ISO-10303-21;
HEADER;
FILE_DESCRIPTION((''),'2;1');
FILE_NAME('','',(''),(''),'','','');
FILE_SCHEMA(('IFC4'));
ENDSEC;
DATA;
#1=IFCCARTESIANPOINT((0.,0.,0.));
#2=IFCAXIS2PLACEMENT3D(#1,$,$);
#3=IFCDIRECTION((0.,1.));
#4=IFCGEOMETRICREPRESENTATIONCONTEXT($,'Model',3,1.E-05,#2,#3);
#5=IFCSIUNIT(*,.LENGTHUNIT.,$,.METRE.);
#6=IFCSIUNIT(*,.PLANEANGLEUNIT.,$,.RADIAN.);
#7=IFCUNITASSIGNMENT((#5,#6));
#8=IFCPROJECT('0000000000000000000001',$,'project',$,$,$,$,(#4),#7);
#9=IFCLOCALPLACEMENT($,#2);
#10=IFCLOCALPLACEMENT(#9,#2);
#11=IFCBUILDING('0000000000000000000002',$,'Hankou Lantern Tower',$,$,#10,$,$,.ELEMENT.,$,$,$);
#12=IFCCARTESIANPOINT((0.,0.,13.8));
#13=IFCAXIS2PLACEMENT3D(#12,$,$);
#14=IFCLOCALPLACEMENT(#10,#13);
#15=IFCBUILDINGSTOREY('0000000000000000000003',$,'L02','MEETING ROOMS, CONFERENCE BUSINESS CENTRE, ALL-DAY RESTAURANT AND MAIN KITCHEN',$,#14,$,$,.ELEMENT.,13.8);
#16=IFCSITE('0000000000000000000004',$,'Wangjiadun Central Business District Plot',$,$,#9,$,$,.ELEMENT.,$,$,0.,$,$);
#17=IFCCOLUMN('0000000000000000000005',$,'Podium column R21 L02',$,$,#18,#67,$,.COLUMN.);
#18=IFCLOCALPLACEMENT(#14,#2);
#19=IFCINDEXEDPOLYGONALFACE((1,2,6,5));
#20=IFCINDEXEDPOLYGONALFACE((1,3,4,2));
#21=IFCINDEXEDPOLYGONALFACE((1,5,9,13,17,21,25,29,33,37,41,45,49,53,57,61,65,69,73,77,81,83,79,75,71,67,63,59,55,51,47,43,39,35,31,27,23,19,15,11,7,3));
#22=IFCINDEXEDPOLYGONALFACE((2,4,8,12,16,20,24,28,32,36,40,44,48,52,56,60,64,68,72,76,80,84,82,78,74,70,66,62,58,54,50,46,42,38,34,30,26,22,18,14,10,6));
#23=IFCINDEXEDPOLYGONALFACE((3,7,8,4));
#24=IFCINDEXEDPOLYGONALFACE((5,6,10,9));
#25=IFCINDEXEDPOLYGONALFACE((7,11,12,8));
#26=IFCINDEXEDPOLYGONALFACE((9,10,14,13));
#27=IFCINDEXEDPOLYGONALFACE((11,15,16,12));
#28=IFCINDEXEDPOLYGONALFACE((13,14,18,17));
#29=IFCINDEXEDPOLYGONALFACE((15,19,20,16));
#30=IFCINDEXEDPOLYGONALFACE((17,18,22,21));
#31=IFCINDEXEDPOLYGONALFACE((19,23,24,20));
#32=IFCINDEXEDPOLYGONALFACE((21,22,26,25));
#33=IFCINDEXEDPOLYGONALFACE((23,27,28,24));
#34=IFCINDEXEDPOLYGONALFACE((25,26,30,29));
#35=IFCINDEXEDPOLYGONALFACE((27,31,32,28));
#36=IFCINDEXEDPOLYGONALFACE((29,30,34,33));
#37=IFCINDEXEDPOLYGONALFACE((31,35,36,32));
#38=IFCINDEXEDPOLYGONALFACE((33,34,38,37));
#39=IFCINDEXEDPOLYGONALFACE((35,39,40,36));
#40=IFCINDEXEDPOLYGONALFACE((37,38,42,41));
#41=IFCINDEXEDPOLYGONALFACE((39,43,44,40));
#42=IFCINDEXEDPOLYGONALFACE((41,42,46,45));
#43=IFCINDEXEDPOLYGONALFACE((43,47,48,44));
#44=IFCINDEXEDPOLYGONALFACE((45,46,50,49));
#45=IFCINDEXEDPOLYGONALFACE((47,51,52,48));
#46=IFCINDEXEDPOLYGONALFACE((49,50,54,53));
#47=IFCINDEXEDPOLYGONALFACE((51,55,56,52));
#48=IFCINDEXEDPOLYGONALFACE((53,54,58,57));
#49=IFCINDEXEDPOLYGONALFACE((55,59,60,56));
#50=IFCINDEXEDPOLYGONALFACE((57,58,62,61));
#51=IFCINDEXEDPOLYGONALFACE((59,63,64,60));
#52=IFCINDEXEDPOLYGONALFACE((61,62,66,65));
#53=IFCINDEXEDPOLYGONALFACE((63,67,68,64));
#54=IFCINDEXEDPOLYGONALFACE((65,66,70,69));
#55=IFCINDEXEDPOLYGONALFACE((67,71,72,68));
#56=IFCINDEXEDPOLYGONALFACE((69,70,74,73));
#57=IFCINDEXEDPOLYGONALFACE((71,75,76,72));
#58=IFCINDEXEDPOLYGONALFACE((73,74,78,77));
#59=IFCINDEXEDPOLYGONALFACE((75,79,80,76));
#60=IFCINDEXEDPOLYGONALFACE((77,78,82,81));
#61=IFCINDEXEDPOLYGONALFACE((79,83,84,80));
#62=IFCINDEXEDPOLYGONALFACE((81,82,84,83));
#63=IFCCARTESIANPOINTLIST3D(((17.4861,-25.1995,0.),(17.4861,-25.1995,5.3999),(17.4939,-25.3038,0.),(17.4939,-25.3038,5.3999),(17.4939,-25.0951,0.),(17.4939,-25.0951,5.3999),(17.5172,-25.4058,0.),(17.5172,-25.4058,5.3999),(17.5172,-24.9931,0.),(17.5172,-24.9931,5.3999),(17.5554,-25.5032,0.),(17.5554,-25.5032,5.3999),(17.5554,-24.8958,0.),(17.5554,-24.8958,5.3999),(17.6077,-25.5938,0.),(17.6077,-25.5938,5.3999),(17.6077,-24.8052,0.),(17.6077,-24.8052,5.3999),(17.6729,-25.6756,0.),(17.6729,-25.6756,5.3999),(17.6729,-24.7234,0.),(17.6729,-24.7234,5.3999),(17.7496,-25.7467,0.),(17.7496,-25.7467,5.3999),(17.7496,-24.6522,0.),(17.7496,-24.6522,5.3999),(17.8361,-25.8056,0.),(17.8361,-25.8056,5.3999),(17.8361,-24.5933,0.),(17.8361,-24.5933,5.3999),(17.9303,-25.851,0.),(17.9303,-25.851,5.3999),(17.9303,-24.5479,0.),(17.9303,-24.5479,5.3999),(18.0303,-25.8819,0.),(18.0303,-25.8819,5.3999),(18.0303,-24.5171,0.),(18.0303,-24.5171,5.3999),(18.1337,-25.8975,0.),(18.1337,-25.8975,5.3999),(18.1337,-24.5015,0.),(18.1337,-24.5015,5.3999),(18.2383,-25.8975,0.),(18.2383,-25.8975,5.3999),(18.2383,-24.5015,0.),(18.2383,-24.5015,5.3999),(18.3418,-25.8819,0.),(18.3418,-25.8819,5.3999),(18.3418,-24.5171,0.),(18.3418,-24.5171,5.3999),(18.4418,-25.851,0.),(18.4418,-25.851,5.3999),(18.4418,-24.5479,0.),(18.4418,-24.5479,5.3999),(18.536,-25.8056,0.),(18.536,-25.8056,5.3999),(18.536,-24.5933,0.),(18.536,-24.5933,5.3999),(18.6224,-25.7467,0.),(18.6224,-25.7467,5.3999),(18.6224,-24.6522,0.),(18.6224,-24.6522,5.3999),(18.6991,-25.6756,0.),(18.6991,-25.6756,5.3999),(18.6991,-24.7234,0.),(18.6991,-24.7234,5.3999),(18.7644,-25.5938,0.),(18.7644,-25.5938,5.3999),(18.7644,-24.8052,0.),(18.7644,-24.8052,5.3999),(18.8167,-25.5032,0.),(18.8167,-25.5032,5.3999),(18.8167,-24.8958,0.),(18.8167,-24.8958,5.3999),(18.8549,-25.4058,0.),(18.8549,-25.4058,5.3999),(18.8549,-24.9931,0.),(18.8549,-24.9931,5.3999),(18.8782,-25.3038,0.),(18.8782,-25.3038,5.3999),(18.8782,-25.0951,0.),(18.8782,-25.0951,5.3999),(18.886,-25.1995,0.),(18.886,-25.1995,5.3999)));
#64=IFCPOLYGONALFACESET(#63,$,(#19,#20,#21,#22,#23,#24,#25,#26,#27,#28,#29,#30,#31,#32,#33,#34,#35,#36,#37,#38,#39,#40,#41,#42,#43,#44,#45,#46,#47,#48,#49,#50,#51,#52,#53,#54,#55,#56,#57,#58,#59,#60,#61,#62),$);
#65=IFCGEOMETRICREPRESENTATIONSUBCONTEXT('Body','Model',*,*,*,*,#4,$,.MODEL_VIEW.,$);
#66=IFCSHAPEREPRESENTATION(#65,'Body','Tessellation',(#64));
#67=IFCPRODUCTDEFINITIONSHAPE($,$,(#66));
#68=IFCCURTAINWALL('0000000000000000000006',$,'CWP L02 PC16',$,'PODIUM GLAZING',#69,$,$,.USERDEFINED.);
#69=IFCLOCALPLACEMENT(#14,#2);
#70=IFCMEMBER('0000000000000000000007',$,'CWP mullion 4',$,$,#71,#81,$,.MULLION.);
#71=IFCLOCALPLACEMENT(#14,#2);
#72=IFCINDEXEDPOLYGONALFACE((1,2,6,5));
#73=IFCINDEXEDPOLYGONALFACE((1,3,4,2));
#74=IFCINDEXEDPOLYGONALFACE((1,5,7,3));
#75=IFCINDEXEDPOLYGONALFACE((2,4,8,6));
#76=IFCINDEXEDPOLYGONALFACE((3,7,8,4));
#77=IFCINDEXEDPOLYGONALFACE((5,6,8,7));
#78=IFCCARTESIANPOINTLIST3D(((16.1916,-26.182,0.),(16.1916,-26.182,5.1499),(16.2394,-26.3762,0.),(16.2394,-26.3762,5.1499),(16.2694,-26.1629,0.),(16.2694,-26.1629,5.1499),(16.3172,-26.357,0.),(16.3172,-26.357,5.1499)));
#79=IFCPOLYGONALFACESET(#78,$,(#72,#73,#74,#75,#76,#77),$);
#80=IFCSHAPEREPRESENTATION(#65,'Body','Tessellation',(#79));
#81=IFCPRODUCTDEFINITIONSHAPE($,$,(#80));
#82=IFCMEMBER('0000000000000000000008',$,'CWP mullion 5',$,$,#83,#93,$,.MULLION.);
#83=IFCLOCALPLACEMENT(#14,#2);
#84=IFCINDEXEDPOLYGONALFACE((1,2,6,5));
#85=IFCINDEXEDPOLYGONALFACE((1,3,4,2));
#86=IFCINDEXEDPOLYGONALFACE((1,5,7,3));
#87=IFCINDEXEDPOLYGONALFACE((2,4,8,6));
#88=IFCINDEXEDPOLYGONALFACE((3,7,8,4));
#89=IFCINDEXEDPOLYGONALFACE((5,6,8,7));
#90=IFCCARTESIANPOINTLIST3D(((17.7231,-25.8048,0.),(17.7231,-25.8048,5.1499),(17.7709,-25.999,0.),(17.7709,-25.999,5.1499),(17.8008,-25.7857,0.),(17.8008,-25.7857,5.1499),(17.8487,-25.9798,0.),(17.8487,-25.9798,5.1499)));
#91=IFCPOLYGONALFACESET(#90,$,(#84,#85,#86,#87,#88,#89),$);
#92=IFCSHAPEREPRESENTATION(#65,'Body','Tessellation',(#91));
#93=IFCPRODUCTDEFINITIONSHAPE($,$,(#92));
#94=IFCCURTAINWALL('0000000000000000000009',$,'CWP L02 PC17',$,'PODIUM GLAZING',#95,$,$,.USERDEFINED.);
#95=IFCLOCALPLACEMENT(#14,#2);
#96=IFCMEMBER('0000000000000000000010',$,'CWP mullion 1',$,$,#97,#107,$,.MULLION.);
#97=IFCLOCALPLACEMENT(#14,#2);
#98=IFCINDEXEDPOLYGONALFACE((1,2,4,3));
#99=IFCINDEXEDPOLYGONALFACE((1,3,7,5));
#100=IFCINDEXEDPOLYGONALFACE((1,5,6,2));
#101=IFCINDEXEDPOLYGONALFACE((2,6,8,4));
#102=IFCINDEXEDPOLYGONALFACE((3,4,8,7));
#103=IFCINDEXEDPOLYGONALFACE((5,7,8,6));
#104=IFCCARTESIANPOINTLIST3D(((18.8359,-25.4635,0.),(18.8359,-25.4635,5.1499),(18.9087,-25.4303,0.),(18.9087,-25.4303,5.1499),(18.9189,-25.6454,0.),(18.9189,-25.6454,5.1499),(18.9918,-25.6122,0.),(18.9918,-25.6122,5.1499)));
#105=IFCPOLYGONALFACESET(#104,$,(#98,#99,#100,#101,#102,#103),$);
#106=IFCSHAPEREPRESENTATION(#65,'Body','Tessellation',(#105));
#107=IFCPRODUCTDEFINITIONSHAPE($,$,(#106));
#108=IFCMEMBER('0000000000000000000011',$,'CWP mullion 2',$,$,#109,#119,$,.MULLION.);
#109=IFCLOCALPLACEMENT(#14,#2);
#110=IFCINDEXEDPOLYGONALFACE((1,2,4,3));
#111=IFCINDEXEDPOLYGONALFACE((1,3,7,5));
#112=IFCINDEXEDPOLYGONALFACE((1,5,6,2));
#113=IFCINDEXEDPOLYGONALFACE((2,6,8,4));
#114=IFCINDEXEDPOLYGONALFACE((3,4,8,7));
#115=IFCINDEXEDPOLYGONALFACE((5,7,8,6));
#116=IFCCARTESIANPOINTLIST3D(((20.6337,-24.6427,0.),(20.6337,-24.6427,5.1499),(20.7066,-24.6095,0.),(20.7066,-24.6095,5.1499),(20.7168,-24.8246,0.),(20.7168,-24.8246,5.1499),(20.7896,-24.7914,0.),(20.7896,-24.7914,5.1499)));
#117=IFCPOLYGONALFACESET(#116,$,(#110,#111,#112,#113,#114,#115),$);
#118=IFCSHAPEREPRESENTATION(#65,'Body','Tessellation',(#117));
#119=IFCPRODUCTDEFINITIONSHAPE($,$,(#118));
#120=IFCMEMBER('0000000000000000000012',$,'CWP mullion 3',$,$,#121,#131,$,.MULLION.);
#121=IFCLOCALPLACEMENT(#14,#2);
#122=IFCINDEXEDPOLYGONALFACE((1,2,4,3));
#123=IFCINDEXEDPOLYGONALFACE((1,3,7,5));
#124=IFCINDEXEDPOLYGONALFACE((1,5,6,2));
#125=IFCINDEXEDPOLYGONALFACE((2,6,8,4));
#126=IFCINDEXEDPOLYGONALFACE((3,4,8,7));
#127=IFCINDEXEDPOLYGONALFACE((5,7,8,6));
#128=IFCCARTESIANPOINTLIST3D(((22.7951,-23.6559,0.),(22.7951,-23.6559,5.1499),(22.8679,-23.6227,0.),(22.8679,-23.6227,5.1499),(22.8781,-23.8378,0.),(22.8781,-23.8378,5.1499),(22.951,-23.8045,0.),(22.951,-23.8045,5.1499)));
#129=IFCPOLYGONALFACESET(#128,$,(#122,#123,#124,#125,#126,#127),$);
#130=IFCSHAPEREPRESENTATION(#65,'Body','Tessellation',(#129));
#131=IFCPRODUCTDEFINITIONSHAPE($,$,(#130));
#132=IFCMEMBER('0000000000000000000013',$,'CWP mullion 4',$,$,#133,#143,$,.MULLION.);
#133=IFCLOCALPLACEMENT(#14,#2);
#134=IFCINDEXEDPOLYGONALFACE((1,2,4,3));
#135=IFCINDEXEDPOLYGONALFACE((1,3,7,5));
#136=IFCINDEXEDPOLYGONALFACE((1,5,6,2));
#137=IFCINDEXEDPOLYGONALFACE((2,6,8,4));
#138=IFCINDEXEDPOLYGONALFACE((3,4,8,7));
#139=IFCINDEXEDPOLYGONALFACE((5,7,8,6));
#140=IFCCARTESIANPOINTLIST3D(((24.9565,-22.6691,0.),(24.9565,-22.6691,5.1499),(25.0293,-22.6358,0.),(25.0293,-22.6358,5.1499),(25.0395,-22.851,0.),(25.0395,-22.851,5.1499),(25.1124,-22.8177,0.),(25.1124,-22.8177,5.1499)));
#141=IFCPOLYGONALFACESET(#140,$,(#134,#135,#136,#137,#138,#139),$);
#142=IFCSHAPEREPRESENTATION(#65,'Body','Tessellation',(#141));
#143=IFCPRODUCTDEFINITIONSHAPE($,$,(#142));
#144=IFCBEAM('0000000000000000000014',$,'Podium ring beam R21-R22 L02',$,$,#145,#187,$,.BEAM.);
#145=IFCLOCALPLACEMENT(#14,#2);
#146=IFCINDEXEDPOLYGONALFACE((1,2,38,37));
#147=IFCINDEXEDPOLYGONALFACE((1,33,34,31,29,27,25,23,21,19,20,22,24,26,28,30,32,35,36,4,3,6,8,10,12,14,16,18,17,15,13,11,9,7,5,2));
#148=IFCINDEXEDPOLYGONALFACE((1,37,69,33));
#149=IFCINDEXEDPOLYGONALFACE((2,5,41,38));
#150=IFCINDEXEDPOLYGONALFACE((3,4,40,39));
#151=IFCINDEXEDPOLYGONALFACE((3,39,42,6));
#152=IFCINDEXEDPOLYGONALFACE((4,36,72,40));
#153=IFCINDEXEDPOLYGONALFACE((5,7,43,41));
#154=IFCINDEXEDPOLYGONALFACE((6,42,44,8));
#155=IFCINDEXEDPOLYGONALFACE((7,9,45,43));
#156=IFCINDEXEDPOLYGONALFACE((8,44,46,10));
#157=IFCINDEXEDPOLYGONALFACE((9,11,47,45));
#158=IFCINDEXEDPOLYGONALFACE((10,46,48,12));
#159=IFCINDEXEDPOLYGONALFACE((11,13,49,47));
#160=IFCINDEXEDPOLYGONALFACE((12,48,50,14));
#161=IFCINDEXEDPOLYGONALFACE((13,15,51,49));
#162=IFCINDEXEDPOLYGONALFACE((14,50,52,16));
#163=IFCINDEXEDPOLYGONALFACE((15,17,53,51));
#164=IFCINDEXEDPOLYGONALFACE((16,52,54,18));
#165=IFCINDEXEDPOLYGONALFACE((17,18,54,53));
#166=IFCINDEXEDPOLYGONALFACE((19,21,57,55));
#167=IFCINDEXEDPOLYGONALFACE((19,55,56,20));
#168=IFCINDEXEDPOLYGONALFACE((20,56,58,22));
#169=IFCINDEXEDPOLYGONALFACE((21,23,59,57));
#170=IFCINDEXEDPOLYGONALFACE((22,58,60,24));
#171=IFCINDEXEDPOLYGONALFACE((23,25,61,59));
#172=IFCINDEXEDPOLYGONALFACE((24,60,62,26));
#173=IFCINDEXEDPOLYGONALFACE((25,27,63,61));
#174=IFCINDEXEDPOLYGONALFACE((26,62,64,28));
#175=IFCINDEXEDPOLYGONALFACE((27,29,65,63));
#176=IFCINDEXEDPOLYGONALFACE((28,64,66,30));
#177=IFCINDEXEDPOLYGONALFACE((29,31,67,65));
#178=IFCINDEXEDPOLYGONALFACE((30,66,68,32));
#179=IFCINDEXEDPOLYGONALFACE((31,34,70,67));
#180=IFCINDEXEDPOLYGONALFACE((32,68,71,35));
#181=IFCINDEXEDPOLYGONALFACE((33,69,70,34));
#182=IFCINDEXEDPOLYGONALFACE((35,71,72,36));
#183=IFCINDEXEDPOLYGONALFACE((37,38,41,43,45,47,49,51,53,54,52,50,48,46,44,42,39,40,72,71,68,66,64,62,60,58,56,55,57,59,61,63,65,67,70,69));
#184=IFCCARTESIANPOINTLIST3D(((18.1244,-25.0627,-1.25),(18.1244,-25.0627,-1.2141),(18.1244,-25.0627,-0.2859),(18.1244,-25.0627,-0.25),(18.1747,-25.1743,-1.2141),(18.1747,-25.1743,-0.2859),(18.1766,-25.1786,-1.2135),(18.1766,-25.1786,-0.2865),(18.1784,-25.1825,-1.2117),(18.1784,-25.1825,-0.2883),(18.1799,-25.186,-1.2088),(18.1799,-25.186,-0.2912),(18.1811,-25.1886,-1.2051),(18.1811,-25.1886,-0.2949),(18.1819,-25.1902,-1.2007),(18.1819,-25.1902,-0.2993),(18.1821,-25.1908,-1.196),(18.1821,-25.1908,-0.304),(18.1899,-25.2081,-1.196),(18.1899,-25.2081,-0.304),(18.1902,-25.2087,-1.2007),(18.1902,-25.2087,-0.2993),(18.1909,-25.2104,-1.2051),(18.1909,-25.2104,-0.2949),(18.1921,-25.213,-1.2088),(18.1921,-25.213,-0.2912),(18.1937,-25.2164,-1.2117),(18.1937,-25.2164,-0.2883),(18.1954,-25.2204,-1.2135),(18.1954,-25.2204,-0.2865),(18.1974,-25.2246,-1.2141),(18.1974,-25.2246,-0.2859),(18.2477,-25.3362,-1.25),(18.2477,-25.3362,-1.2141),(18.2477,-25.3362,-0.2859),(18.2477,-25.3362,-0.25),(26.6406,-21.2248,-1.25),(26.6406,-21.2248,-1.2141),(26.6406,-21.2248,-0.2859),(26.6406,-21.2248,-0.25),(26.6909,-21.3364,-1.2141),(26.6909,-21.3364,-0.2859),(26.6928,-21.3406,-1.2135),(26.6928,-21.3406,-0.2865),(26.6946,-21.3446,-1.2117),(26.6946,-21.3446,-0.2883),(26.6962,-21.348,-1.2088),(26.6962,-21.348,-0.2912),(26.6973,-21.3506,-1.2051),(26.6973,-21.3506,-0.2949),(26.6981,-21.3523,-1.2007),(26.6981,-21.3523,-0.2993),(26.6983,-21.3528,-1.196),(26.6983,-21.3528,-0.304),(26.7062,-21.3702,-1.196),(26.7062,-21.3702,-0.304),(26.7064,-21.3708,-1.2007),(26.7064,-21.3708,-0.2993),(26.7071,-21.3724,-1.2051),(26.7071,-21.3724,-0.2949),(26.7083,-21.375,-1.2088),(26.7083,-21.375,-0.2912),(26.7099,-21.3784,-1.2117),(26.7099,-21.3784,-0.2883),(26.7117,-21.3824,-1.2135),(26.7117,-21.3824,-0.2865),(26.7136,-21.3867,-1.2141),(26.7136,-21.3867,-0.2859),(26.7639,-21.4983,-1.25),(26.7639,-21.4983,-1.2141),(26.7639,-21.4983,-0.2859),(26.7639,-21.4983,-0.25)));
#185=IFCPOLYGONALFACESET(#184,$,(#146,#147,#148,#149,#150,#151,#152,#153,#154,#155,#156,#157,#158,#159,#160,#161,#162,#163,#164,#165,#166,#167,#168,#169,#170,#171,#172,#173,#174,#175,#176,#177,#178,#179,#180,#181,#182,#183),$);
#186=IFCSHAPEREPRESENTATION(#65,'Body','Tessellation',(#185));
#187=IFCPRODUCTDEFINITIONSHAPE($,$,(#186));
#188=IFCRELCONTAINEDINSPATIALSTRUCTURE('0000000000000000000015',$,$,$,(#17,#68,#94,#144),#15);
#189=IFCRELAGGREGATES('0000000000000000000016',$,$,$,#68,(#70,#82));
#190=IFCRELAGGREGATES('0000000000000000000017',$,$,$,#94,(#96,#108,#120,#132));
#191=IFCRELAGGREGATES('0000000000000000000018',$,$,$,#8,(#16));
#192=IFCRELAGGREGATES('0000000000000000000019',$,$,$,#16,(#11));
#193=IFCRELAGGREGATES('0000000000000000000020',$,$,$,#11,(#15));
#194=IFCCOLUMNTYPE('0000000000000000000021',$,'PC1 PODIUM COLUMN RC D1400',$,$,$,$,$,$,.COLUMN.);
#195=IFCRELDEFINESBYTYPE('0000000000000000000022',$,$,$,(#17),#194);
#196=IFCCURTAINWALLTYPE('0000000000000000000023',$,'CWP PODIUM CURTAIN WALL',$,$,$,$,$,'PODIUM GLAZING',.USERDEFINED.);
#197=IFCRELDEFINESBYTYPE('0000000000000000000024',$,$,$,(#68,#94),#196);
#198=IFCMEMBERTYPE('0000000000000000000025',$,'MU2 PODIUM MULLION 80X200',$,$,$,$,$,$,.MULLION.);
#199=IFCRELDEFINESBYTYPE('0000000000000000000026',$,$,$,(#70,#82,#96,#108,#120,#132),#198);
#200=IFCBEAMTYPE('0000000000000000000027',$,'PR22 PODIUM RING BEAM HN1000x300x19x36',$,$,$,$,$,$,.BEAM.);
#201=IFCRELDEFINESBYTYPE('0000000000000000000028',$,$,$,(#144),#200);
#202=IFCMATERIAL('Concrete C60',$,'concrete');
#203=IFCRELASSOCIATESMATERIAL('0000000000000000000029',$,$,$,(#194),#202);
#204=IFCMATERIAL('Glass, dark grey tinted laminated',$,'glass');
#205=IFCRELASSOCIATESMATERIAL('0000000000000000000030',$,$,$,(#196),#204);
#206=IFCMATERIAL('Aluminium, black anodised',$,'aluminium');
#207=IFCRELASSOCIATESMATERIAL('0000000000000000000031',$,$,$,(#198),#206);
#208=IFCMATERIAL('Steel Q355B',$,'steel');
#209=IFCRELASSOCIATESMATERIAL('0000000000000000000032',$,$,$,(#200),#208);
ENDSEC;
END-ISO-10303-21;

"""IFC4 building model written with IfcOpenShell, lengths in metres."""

from ifc_helpers import new_model, si_unit, direction, frame, origin, origin_2d, place, context, subcontext, project, spatial, rectangle, circle, i_section, extrude, material, material_profile, profile_set, type_object, element, aggregate, save


model = new_model("IFC4")

# Units and contexts
model_context = context("Model", 3, precision=1e-05, world=origin(), true_north=direction((0.0, 1.0)))
body_context = subcontext(model_context, "Body", "Model", "MODEL_VIEW")
ifc_project = project(units=[si_unit("LENGTHUNIT", "METRE"), si_unit("PLANEANGLEUNIT", "RADIAN")], contexts=[model_context])

# Site, building, storey
site_placement = place(None, origin())
site = spatial("IfcSite", under=ifc_project, at=site_placement, Name="Wangjiadun Central Business District Plot", CompositionType="ELEMENT", RefElevation=0.0)
building_placement = place(site_placement, origin())
building = spatial("IfcBuilding", under=site, at=building_placement, Name="Hankou Lantern Tower", CompositionType="ELEMENT")
storey_placement = place(building_placement, frame((0.0, 0.0, 13.8)))
storey = spatial("IfcBuildingStorey", under=building, at=storey_placement, Name="L02", Description="MEETING ROOMS, CONFERENCE BUSINESS CENTRE, ALL-DAY RESTAURANT AND MAIN KITCHEN", CompositionType="ELEMENT", Elevation=13.8)

# Column
ifc_material_1 = material(Name="Concrete C60", Category="concrete")
ifc_material_profile_1 = material_profile(ifc_material_1, circle(Radius=0.7, at=origin_2d()), Name="RC D1400")
ifc_profile_set_1 = profile_set([ifc_material_profile_1], Name="Concrete C60")
column_type = type_object("IfcColumnType", Name="PC1 PODIUM COLUMN RC D1400", PredefinedType="COLUMN", material=ifc_profile_set_1)
column_placement = place(storey_placement, frame((18.186, -25.1995, 0.0), z_axis=(0.0, 0.0, 1.0), x_axis=(1.0, 0.0, 0.0)))
element("IfcColumn", 1, at=column_placement, inside=storey, type_object=column_type, Name="Podium column R21 L02", PredefinedType="COLUMN", context=body_context, shape_type="SweptSolid", body=[
    extrude(circle(Radius=0.7, at=origin_2d()), origin(), (0.0, 0.0, 1.0), 5.3999),
])

# Curtain walls, members
ifc_material_2 = material(Name="Glass, dark grey tinted laminated", Category="glass")
curtain_wall_type = type_object("IfcCurtainWallType", Name="CWP PODIUM CURTAIN WALL", ElementType="PODIUM GLAZING", PredefinedType="USERDEFINED", material=ifc_material_2)
curtain_wall_1_placement = place(storey_placement, origin())
curtain_wall_1 = element("IfcCurtainWall", 2, at=curtain_wall_1_placement, inside=storey, type_object=curtain_wall_type, Name="CWP L02 PC16", ObjectType="PODIUM GLAZING", PredefinedType="USERDEFINED")
ifc_material_3 = material(Name="Aluminium, black anodised", Category="aluminium")
ifc_material_profile_2 = material_profile(ifc_material_3, rectangle(XDim=0.0801, YDim=0.2, at=origin_2d()), Name="MU2 80X200")
ifc_profile_set_2 = profile_set([ifc_material_profile_2], Name="Aluminium, black anodised")
member_type_1 = type_object("IfcMemberType", Name="MU2 PODIUM MULLION 80X200", PredefinedType="MULLION", material=ifc_profile_set_2)
member_1_placement = place(storey_placement, frame((16.2544, -26.2695, 0.0), z_axis=(0.0, 0.0, 1.0), x_axis=(0.970961, 0.239238, 0.0)))
member_1 = element("IfcMember", 3, at=member_1_placement, type_object=member_type_1, Name="CWP mullion 4", PredefinedType="MULLION", context=body_context, shape_type="SweptSolid", body=[
    extrude(rectangle(XDim=0.0801, YDim=0.2, at=origin_2d()), origin(), (0.0, 0.0, 1.0), 5.1499),
])
member_2_placement = place(storey_placement, frame((17.7859, -25.8923, 0.0), z_axis=(0.0, 0.0, 1.0), x_axis=(0.970961, 0.239238, 0.0)))
member_2 = element("IfcMember", 4, at=member_2_placement, type_object=member_type_1, Name="CWP mullion 5", PredefinedType="MULLION", context=body_context, shape_type="SweptSolid", body=[
    extrude(rectangle(XDim=0.0801, YDim=0.2, at=origin_2d()), origin(), (0.0, 0.0, 1.0), 5.1499),
])
curtain_wall_2_placement = place(storey_placement, origin())
curtain_wall_2 = element("IfcCurtainWall", 5, at=curtain_wall_2_placement, inside=storey, type_object=curtain_wall_type, Name="CWP L02 PC17", ObjectType="PODIUM GLAZING", PredefinedType="USERDEFINED")
member_3_placement = place(storey_placement, frame((18.9138, -25.5378, 0.0), z_axis=(0.0, 0.0, 1.0), x_axis=(0.90967, 0.415332, 0.0)))
member_3 = element("IfcMember", 6, at=member_3_placement, type_object=member_type_1, Name="CWP mullion 1", PredefinedType="MULLION", context=body_context, shape_type="SweptSolid", body=[
    extrude(rectangle(XDim=0.0801, YDim=0.2, at=origin_2d()), origin(), (0.0, 0.0, 1.0), 5.1499),
])
member_4_placement = place(storey_placement, frame((20.7117, -24.717, 0.0), z_axis=(0.0, 0.0, 1.0), x_axis=(0.90967, 0.415332, 0.0)))
member_4 = element("IfcMember", 7, at=member_4_placement, type_object=member_type_1, Name="CWP mullion 2", PredefinedType="MULLION", context=body_context, shape_type="SweptSolid", body=[
    extrude(rectangle(XDim=0.0801, YDim=0.2, at=origin_2d()), origin(), (0.0, 0.0, 1.0), 5.1499),
])
member_5_placement = place(storey_placement, frame((22.873, -23.7302, 0.0), z_axis=(0.0, 0.0, 1.0), x_axis=(0.90967, 0.415332, 0.0)))
member_5 = element("IfcMember", 8, at=member_5_placement, type_object=member_type_1, Name="CWP mullion 3", PredefinedType="MULLION", context=body_context, shape_type="SweptSolid", body=[
    extrude(rectangle(XDim=0.0801, YDim=0.2, at=origin_2d()), origin(), (0.0, 0.0, 1.0), 5.1499),
])
member_6_placement = place(storey_placement, frame((25.0344, -22.7434, 0.0), z_axis=(0.0, 0.0, 1.0), x_axis=(0.90967, 0.415332, 0.0)))
member_6 = element("IfcMember", 9, at=member_6_placement, type_object=member_type_1, Name="CWP mullion 4", PredefinedType="MULLION", context=body_context, shape_type="SweptSolid", body=[
    extrude(rectangle(XDim=0.0801, YDim=0.2, at=origin_2d()), origin(), (0.0, 0.0, 1.0), 5.1499),
])

# Beam
ifc_material_4 = material(Name="Steel Q355B", Category="steel")
ifc_material_profile_3 = material_profile(ifc_material_4, i_section(OverallWidth=0.3, OverallDepth=1.0, WebThickness=0.019, FlangeThickness=0.0359, FilletRadius=0.0181, at=origin_2d()), Name="HN1000x300x19x36")
ifc_profile_set_3 = profile_set([ifc_material_profile_3], Name="Steel Q355B")
beam_type_1 = type_object("IfcBeamType", Name="PR22 PODIUM RING BEAM HN1000x300x19x36", PredefinedType="BEAM", material=ifc_profile_set_3)
beam_1_placement = place(storey_placement, frame((18.186, -25.1995, -0.75), z_axis=(0.911695, 0.410867, 0.0), x_axis=(-0.410867, 0.911695, 0.0)))
element("IfcBeam", 10, at=beam_1_placement, inside=storey, type_object=beam_type_1, Name="Podium ring beam R21-R22 L02", PredefinedType="BEAM", context=body_context, shape_type="SweptSolid", body=[
    extrude(i_section(OverallWidth=0.3, OverallDepth=1.0, WebThickness=0.019, FlangeThickness=0.0359, FilletRadius=0.0181, at=origin_2d()), origin(), (0.0, 0.0, 1.0), 9.3411),
])

aggregate(curtain_wall_1, [member_1, member_2])
aggregate(curtain_wall_2, [member_3, member_4, member_5, member_6])

save(model, "model.ifc")
